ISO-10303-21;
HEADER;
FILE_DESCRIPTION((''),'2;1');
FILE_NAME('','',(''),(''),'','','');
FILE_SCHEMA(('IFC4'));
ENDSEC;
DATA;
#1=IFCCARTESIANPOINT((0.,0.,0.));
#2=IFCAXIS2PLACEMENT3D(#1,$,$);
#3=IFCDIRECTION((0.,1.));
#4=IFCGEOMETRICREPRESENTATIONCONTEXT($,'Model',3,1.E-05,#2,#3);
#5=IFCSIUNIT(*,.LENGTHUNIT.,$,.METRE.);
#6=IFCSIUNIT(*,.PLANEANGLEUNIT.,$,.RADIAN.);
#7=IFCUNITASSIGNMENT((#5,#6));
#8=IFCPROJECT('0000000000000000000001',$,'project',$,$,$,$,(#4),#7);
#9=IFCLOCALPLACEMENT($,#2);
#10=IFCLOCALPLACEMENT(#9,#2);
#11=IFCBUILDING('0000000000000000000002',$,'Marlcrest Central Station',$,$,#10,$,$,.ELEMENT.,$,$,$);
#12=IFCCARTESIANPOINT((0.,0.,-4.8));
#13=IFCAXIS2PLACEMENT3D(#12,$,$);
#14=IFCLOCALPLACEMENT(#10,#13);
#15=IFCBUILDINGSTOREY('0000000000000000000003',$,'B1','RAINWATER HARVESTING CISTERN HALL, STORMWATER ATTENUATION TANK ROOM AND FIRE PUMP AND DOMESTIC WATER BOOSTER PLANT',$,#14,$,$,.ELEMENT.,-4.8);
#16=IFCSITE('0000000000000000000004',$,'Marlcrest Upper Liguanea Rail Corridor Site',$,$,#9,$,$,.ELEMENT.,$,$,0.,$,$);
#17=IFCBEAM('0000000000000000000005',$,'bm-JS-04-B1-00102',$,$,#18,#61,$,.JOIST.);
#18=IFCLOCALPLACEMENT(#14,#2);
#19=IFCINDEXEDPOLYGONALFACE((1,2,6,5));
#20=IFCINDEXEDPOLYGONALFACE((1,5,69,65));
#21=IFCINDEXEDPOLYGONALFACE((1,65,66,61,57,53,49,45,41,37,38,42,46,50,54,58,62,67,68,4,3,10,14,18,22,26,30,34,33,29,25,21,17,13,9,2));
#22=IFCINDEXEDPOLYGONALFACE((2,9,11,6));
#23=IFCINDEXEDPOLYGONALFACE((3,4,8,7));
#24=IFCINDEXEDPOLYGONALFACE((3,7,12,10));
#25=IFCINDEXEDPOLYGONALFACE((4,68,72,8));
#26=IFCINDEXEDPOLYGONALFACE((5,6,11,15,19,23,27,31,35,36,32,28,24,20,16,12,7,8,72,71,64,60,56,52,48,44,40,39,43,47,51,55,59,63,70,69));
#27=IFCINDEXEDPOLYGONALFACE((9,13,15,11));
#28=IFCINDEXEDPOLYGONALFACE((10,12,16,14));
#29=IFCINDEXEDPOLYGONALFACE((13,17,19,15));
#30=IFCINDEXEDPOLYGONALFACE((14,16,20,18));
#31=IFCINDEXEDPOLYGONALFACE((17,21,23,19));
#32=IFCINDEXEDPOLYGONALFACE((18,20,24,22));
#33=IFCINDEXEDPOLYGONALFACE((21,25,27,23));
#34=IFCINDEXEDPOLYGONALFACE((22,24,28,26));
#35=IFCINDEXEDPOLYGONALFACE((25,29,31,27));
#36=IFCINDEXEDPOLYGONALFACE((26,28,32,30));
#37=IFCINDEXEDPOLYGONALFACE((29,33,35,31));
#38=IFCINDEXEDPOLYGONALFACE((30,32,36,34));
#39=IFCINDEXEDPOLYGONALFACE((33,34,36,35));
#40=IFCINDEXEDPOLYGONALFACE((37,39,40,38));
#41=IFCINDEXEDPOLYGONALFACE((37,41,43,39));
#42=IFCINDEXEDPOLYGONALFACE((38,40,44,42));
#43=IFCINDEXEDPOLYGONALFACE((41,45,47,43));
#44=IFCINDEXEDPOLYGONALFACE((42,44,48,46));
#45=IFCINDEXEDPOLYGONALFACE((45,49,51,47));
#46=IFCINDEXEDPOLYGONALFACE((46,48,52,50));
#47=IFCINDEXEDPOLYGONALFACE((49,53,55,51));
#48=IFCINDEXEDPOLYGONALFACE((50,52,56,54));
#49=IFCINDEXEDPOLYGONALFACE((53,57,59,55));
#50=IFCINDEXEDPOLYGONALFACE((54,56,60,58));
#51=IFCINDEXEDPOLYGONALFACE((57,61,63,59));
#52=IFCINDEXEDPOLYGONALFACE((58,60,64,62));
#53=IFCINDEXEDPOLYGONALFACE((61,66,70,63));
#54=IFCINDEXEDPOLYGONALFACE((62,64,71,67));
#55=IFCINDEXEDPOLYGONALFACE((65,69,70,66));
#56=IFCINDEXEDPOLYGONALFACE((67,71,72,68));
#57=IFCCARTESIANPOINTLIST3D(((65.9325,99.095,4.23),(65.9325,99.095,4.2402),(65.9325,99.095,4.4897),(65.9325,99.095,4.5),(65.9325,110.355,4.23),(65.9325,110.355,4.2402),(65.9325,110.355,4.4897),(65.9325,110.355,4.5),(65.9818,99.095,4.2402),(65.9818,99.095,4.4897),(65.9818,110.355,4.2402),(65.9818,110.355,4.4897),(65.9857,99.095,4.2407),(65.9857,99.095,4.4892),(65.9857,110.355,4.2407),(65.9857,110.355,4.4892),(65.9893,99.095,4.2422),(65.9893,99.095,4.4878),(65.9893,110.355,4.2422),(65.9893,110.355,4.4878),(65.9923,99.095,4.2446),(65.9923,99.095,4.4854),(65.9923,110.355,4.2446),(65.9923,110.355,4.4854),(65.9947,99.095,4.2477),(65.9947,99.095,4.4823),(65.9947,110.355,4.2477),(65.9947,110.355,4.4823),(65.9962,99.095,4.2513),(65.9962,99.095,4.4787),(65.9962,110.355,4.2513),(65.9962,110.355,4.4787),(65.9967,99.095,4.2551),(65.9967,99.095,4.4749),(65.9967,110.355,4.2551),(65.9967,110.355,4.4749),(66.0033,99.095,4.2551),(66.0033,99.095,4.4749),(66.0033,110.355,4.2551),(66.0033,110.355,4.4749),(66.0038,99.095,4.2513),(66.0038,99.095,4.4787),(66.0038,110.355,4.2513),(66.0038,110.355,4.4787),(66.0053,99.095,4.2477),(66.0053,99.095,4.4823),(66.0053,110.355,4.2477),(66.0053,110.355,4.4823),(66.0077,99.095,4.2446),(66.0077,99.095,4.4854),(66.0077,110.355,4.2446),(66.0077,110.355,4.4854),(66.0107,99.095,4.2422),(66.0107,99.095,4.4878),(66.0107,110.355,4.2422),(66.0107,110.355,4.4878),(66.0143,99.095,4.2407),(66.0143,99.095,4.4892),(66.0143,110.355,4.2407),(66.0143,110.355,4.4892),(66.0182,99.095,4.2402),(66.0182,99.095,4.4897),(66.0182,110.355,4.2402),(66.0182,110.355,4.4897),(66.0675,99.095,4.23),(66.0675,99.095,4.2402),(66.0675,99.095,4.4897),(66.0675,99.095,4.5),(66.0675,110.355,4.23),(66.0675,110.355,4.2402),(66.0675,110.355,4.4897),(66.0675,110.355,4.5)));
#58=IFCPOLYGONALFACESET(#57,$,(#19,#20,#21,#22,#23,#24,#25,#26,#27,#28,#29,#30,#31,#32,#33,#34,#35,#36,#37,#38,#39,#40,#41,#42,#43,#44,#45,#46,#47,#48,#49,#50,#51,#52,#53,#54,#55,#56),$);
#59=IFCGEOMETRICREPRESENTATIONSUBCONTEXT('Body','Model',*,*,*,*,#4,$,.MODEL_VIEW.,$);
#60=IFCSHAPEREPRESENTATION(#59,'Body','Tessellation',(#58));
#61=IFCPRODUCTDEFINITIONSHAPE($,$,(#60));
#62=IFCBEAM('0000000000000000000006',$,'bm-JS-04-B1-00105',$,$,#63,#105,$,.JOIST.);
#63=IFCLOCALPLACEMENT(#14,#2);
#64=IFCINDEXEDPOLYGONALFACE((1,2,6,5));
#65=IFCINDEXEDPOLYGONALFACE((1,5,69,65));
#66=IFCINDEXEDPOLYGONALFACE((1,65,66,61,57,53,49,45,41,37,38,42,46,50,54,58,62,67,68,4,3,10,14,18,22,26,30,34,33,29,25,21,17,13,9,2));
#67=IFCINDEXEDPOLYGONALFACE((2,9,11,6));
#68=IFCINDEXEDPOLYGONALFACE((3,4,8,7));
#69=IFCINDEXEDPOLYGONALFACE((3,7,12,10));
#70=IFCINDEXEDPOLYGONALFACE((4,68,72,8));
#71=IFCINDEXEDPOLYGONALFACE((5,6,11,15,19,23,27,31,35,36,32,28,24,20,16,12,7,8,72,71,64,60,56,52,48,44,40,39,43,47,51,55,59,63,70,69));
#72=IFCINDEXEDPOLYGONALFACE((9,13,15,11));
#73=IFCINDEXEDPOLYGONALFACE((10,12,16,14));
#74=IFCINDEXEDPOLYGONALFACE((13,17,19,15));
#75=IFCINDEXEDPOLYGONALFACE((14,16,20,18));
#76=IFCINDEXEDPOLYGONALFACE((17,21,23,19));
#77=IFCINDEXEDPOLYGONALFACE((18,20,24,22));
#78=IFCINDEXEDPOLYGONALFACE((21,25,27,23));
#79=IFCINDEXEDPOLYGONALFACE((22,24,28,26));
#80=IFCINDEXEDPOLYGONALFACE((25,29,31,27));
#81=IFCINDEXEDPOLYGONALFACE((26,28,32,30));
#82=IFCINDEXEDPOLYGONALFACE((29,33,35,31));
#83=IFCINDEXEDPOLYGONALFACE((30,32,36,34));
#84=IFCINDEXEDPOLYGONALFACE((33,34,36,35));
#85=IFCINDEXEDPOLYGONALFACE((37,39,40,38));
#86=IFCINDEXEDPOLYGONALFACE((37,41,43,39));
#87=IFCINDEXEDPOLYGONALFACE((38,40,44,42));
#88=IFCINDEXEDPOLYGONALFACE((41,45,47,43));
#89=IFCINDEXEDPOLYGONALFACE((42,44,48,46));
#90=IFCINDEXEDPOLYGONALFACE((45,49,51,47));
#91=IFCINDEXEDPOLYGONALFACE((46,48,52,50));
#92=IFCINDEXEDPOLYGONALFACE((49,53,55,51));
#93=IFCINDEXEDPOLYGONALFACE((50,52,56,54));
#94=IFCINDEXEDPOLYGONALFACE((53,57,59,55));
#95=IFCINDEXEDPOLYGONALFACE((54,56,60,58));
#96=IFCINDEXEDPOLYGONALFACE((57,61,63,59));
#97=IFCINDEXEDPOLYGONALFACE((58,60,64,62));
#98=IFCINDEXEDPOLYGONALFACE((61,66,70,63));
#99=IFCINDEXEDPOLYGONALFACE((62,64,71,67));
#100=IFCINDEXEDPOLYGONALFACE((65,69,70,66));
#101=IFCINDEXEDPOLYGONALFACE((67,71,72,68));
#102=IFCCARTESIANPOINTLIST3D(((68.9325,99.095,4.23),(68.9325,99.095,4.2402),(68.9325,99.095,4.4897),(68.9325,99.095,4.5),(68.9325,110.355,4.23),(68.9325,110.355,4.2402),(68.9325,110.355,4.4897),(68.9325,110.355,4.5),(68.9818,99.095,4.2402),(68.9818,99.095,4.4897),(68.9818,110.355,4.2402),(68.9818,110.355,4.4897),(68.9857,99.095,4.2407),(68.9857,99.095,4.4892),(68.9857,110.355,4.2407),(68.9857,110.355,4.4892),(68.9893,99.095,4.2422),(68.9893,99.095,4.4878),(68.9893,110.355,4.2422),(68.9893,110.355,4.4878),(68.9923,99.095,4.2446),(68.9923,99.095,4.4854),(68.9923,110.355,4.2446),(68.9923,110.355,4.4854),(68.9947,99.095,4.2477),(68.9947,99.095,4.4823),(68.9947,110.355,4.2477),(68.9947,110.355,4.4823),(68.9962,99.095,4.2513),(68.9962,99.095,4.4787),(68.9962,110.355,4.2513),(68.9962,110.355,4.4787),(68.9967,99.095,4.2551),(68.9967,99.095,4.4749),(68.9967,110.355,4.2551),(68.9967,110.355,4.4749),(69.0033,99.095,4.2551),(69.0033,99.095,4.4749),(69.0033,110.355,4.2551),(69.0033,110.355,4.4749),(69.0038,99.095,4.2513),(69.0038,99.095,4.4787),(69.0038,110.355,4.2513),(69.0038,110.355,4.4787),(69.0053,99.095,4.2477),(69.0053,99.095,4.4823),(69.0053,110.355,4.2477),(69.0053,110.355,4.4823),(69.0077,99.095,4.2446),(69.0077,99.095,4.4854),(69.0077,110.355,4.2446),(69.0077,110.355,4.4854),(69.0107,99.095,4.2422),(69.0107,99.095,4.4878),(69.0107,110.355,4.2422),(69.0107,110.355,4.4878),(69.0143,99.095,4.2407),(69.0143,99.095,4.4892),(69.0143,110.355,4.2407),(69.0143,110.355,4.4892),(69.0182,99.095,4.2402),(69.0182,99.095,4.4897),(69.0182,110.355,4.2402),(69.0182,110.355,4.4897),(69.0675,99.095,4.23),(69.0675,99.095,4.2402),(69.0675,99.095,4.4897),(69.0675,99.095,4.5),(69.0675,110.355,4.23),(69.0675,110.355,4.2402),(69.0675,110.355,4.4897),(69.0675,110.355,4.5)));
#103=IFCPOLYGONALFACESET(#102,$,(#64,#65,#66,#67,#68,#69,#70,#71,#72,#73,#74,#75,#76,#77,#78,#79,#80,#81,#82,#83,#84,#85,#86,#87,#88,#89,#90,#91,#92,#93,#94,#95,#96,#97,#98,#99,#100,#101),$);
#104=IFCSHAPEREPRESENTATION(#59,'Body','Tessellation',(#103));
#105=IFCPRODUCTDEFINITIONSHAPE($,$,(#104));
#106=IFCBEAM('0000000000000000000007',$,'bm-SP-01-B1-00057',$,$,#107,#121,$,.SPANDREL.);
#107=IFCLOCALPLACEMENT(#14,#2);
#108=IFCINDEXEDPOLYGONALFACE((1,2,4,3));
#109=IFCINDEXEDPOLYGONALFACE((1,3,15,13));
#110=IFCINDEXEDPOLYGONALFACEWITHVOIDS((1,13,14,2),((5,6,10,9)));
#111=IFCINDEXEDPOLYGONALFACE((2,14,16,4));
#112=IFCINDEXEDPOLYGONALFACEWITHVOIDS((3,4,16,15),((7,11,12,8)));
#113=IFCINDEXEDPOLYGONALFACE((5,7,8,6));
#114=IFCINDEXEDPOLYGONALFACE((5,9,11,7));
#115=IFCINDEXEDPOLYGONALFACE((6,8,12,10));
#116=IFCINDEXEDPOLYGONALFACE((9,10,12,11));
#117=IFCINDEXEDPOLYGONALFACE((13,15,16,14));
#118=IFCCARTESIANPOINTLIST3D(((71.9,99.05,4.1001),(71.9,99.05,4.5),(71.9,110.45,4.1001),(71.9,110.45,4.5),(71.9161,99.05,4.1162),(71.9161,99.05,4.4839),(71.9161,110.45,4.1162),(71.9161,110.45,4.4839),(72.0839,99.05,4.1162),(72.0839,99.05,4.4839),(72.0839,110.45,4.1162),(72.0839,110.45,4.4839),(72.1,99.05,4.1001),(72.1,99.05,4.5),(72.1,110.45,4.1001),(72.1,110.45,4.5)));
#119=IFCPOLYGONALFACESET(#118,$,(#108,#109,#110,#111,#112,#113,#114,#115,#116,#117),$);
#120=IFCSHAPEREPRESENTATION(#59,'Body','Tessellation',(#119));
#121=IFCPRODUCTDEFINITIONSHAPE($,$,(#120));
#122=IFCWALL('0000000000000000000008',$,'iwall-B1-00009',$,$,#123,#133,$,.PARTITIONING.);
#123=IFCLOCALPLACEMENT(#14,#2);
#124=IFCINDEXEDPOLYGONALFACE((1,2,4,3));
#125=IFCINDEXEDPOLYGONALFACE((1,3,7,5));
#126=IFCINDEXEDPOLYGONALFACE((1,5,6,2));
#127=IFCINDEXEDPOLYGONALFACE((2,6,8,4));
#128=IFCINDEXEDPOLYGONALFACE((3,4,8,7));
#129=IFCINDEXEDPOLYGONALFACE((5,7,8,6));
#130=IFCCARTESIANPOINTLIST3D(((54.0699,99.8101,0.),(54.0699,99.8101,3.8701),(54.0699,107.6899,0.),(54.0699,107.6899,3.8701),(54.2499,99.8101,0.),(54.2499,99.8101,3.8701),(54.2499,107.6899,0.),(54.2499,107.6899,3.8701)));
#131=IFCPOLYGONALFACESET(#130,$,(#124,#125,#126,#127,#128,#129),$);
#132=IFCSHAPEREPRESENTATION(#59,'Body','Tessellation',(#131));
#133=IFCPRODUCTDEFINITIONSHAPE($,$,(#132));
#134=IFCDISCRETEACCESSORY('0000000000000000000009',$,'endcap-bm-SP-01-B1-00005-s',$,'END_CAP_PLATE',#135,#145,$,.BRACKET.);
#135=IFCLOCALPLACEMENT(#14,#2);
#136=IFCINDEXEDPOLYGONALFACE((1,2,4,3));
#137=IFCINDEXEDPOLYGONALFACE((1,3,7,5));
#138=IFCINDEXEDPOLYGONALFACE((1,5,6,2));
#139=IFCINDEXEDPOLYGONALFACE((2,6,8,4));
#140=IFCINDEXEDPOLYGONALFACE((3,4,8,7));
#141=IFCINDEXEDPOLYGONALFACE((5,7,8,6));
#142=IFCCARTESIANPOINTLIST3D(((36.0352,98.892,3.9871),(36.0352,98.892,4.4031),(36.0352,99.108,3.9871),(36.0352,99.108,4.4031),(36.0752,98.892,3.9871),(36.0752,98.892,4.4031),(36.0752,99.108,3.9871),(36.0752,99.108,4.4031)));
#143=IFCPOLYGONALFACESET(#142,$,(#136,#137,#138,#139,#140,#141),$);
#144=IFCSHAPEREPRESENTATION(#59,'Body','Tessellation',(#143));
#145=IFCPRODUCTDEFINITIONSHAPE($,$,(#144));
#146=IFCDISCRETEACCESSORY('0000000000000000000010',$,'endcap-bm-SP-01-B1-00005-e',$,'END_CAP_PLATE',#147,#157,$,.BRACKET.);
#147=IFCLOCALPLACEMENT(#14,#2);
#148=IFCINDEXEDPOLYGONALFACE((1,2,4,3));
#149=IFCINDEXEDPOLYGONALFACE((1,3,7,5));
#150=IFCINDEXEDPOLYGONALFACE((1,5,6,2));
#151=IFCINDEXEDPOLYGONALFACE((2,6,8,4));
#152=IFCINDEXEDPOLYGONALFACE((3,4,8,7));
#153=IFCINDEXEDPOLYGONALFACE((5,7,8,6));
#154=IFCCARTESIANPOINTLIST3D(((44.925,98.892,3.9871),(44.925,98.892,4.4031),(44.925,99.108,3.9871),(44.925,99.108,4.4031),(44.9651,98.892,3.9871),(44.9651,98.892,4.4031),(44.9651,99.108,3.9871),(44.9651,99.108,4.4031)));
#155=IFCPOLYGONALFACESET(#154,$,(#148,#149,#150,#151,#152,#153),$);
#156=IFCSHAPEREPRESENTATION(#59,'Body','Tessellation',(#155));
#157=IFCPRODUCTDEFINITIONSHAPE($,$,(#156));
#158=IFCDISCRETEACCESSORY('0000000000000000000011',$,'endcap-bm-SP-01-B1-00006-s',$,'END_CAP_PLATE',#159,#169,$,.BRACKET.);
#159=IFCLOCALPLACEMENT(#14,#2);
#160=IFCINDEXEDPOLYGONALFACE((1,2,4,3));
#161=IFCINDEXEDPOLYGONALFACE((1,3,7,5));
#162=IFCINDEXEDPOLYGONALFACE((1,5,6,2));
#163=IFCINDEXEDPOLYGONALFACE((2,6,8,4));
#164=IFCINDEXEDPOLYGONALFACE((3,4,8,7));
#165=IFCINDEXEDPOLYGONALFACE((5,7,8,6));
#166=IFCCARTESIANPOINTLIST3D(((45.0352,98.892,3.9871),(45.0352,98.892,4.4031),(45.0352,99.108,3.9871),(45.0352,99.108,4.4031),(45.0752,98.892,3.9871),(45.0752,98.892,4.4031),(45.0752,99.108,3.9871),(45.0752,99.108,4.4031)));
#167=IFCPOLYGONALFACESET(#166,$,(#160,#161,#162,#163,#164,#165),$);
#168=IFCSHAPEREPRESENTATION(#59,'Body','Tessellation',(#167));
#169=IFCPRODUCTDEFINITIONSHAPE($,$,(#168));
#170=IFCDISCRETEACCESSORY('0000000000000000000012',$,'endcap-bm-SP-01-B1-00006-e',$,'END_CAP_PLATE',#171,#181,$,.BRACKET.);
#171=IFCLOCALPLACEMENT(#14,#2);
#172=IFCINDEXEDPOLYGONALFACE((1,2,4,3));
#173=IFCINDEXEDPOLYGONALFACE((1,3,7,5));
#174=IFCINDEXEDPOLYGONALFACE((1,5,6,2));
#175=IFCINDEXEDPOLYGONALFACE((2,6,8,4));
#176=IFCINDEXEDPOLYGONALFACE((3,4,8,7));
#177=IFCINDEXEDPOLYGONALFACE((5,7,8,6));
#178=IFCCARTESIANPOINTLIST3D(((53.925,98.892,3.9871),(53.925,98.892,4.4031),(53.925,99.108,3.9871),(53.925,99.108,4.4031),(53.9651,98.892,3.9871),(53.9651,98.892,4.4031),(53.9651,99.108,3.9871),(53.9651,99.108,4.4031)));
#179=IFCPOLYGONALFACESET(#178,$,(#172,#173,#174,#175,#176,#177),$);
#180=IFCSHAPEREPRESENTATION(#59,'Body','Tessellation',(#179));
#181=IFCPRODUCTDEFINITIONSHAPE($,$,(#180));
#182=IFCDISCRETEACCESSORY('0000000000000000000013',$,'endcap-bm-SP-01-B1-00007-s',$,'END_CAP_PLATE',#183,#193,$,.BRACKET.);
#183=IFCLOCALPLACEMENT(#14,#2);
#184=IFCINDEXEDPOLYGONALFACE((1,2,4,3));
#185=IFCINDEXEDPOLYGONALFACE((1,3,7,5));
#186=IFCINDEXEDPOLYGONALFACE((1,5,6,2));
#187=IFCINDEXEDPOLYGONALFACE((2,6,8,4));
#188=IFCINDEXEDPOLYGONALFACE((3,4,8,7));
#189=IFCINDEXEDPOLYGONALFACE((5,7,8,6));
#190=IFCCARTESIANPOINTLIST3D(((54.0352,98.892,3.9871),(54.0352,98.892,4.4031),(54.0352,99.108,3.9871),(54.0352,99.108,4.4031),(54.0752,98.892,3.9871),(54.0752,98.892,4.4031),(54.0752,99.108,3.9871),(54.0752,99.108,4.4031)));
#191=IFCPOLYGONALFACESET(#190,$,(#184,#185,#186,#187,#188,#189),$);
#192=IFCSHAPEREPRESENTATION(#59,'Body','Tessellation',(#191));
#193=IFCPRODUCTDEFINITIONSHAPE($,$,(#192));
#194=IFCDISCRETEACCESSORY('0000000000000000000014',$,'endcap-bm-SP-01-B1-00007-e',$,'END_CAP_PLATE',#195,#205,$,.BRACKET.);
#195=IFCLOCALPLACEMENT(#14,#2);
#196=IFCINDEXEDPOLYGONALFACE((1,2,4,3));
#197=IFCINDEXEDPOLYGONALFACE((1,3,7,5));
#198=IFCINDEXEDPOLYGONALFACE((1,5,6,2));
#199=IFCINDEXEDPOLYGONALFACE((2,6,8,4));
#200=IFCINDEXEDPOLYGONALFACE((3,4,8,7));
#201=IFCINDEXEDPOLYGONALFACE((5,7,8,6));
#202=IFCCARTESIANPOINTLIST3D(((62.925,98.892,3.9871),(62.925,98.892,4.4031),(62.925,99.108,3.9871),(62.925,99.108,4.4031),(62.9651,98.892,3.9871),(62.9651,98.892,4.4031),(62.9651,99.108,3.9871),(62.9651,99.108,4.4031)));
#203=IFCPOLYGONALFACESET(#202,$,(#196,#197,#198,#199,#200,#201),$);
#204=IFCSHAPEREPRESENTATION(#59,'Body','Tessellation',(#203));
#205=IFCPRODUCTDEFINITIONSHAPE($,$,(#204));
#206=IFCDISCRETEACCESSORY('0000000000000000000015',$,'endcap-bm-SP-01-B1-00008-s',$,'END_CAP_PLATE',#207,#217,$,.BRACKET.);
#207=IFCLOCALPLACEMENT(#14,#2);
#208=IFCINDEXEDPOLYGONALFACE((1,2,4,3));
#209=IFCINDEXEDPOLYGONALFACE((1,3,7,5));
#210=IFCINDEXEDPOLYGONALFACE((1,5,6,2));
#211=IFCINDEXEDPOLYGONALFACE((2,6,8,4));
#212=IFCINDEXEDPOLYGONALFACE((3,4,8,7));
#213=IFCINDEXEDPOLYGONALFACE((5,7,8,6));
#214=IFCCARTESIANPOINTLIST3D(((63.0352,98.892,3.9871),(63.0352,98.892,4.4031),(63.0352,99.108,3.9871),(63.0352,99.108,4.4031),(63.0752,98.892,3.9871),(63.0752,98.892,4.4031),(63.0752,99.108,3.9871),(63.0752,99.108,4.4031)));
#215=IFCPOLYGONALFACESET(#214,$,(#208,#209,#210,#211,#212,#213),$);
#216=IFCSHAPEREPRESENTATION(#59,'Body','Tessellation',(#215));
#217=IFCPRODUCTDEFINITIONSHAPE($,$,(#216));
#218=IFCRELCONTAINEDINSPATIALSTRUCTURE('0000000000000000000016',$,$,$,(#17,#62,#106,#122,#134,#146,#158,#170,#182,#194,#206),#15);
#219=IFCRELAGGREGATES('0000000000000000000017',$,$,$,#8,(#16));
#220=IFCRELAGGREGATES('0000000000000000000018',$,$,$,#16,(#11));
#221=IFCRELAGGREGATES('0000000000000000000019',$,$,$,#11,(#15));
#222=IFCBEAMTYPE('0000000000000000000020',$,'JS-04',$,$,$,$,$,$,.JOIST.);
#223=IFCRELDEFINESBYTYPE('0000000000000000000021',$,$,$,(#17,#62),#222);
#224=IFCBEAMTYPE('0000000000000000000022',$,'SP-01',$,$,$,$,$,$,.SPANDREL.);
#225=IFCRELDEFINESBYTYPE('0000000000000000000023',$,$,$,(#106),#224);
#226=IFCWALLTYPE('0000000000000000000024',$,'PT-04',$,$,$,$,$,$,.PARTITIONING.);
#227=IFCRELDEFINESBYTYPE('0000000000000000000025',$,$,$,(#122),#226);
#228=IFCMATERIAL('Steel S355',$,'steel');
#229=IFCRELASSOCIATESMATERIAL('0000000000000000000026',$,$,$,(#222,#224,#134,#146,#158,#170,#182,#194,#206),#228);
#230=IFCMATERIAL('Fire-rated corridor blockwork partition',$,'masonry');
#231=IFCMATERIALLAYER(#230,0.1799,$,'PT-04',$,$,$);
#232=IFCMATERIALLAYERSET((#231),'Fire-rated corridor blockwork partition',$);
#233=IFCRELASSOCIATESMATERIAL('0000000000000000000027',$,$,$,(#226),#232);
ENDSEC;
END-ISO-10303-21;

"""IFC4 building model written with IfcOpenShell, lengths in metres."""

from ifc_helpers import new_model, si_unit, direction, frame, frame_2d, origin, origin_2d, place, context, subcontext, project, spatial, rectangle, hollow_rectangle, i_section, extrude, material, layer, layer_set, material_profile, profile_set, type_object, element, save


model = new_model("IFC4")

# Units and contexts
model_context = context("Model", 3, precision=1e-05, world=origin(), true_north=direction((0.0, 1.0)))
body_context = subcontext(model_context, "Body", "Model", "MODEL_VIEW")
ifc_project = project(units=[si_unit("LENGTHUNIT", "METRE"), si_unit("PLANEANGLEUNIT", "RADIAN")], contexts=[model_context])

# Site, building, storey
site_placement = place(None, origin())
site = spatial("IfcSite", under=ifc_project, at=site_placement, Name="Marlcrest Upper Liguanea Rail Corridor Site", CompositionType="ELEMENT", RefElevation=0.0)
building_placement = place(site_placement, origin())
building = spatial("IfcBuilding", under=site, at=building_placement, Name="Marlcrest Central Station", CompositionType="ELEMENT")
storey_placement = place(building_placement, frame((0.0, 0.0, -4.8)))
storey = spatial("IfcBuildingStorey", under=building, at=storey_placement, Name="B1", Description="RAINWATER HARVESTING CISTERN HALL, STORMWATER ATTENUATION TANK ROOM AND FIRE PUMP AND DOMESTIC WATER BOOSTER PLANT", CompositionType="ELEMENT", Elevation=-4.8)

# Beams
ifc_material_1 = material(Name="Steel S355", Category="steel")
ifc_material_profile_1 = material_profile(ifc_material_1, i_section(OverallWidth=0.135, OverallDepth=0.27, WebThickness=0.0066, FlangeThickness=0.0103, FilletRadius=0.0149, at=origin_2d()), Name="IPE 270")
ifc_profile_set_1 = profile_set([ifc_material_profile_1], Name="Steel S355")
beam_type_1 = type_object("IfcBeamType", Name="JS-04", PredefinedType="JOIST", material=ifc_profile_set_1)
for number, where, z_axis, x_axis, name in (
    (1, (66.0, 99.095, 4.365), (0.0, 1.0, 0.0), (-1.0, 0.0, 0.0), "bm-JS-04-B1-00102"),
    (2, (69.0, 99.095, 4.365), (0.0, 1.0, 0.0), (-1.0, 0.0, 0.0), "bm-JS-04-B1-00105"),
):
    element("IfcBeam", number, at=place(storey_placement, frame(where, z_axis=z_axis, x_axis=x_axis)), inside=storey, type_object=beam_type_1, Name=name, PredefinedType="JOIST", context=body_context, shape_type="SweptSolid", body=[
        extrude(i_section(OverallWidth=0.135, OverallDepth=0.27, WebThickness=0.0066, FlangeThickness=0.0103, FilletRadius=0.0149, at=origin_2d()), origin(), (0.0, 0.0, 1.0), 11.26),
    ])
ifc_material_profile_2 = material_profile(ifc_material_1, hollow_rectangle(XDim=0.2, YDim=0.3999, WallThickness=0.0161, at=origin_2d()), Name="RHS 400x200x16")
ifc_profile_set_2 = profile_set([ifc_material_profile_2], Name="Steel S355")
beam_type_2 = type_object("IfcBeamType", Name="SP-01", PredefinedType="SPANDREL", material=ifc_profile_set_2)
beam_placement = place(storey_placement, frame((72.0, 99.05, 4.3), z_axis=(0.0, 1.0, 0.0), x_axis=(-1.0, 0.0, 0.0)))
element("IfcBeam", 3, at=beam_placement, inside=storey, type_object=beam_type_2, Name="bm-SP-01-B1-00057", PredefinedType="SPANDREL", context=body_context, shape_type="SweptSolid", body=[
    extrude(hollow_rectangle(XDim=0.2, YDim=0.3999, WallThickness=0.0161, at=origin_2d()), origin(), (0.0, 0.0, 1.0), 11.3999),
])

# Wall
ifc_material_2 = material(Name="Fire-rated corridor blockwork partition", Category="masonry")
ifc_layer = layer(ifc_material_2, 0.1799, Name="PT-04")
ifc_layer_set = layer_set([ifc_layer], Name="Fire-rated corridor blockwork partition")
wall_type = type_object("IfcWallType", Name="PT-04", PredefinedType="PARTITIONING", material=ifc_layer_set)
wall_placement = place(storey_placement, frame((54.1599, 99.8101, 0.0), z_axis=(0.0, 0.0, 1.0), x_axis=(0.0, 1.0, 0.0)))
element("IfcWall", 4, at=wall_placement, inside=storey, type_object=wall_type, Name="iwall-B1-00009", PredefinedType="PARTITIONING", context=body_context, shape_type="SweptSolid", body=[
    extrude(rectangle(XDim=7.8799, YDim=0.1799, at=frame_2d((3.9399, 0.0))), origin(), (0.0, 0.0, 1.0), 3.8701),
])

# Discrete accessories
for number, where, z_axis, x_axis, name in (
    (5, (36.0352, 99.0, 4.1951), (1.0, 0.0, 0.0), (0.0, 1.0, 0.0), "endcap-bm-SP-01-B1-00005-s"),
    (6, (44.925, 99.0, 4.1951), (1.0, 0.0, 0.0), (0.0, 1.0, 0.0), "endcap-bm-SP-01-B1-00005-e"),
    (7, (45.0352, 99.0, 4.1951), (1.0, 0.0, 0.0), (0.0, 1.0, 0.0), "endcap-bm-SP-01-B1-00006-s"),
    (8, (53.925, 99.0, 4.1951), (1.0, 0.0, 0.0), (0.0, 1.0, 0.0), "endcap-bm-SP-01-B1-00006-e"),
    (9, (54.0352, 99.0, 4.1951), (1.0, 0.0, 0.0), (0.0, 1.0, 0.0), "endcap-bm-SP-01-B1-00007-s"),
    (10, (62.925, 99.0, 4.1951), (1.0, 0.0, 0.0), (0.0, 1.0, 0.0), "endcap-bm-SP-01-B1-00007-e"),
    (11, (63.0352, 99.0, 4.1951), (1.0, 0.0, 0.0), (0.0, 1.0, 0.0), "endcap-bm-SP-01-B1-00008-s"),
):
    element("IfcDiscreteAccessory", number, at=place(storey_placement, frame(where, z_axis=z_axis, x_axis=x_axis)), inside=storey, material=ifc_material_1, Name=name, ObjectType="END_CAP_PLATE", PredefinedType="BRACKET", context=body_context, shape_type="SweptSolid", body=[
        extrude(rectangle(XDim=0.2161, YDim=0.416, at=origin_2d()), origin(), (0.0, 0.0, 1.0), 0.04),
    ])

save(model, "model.ifc")
